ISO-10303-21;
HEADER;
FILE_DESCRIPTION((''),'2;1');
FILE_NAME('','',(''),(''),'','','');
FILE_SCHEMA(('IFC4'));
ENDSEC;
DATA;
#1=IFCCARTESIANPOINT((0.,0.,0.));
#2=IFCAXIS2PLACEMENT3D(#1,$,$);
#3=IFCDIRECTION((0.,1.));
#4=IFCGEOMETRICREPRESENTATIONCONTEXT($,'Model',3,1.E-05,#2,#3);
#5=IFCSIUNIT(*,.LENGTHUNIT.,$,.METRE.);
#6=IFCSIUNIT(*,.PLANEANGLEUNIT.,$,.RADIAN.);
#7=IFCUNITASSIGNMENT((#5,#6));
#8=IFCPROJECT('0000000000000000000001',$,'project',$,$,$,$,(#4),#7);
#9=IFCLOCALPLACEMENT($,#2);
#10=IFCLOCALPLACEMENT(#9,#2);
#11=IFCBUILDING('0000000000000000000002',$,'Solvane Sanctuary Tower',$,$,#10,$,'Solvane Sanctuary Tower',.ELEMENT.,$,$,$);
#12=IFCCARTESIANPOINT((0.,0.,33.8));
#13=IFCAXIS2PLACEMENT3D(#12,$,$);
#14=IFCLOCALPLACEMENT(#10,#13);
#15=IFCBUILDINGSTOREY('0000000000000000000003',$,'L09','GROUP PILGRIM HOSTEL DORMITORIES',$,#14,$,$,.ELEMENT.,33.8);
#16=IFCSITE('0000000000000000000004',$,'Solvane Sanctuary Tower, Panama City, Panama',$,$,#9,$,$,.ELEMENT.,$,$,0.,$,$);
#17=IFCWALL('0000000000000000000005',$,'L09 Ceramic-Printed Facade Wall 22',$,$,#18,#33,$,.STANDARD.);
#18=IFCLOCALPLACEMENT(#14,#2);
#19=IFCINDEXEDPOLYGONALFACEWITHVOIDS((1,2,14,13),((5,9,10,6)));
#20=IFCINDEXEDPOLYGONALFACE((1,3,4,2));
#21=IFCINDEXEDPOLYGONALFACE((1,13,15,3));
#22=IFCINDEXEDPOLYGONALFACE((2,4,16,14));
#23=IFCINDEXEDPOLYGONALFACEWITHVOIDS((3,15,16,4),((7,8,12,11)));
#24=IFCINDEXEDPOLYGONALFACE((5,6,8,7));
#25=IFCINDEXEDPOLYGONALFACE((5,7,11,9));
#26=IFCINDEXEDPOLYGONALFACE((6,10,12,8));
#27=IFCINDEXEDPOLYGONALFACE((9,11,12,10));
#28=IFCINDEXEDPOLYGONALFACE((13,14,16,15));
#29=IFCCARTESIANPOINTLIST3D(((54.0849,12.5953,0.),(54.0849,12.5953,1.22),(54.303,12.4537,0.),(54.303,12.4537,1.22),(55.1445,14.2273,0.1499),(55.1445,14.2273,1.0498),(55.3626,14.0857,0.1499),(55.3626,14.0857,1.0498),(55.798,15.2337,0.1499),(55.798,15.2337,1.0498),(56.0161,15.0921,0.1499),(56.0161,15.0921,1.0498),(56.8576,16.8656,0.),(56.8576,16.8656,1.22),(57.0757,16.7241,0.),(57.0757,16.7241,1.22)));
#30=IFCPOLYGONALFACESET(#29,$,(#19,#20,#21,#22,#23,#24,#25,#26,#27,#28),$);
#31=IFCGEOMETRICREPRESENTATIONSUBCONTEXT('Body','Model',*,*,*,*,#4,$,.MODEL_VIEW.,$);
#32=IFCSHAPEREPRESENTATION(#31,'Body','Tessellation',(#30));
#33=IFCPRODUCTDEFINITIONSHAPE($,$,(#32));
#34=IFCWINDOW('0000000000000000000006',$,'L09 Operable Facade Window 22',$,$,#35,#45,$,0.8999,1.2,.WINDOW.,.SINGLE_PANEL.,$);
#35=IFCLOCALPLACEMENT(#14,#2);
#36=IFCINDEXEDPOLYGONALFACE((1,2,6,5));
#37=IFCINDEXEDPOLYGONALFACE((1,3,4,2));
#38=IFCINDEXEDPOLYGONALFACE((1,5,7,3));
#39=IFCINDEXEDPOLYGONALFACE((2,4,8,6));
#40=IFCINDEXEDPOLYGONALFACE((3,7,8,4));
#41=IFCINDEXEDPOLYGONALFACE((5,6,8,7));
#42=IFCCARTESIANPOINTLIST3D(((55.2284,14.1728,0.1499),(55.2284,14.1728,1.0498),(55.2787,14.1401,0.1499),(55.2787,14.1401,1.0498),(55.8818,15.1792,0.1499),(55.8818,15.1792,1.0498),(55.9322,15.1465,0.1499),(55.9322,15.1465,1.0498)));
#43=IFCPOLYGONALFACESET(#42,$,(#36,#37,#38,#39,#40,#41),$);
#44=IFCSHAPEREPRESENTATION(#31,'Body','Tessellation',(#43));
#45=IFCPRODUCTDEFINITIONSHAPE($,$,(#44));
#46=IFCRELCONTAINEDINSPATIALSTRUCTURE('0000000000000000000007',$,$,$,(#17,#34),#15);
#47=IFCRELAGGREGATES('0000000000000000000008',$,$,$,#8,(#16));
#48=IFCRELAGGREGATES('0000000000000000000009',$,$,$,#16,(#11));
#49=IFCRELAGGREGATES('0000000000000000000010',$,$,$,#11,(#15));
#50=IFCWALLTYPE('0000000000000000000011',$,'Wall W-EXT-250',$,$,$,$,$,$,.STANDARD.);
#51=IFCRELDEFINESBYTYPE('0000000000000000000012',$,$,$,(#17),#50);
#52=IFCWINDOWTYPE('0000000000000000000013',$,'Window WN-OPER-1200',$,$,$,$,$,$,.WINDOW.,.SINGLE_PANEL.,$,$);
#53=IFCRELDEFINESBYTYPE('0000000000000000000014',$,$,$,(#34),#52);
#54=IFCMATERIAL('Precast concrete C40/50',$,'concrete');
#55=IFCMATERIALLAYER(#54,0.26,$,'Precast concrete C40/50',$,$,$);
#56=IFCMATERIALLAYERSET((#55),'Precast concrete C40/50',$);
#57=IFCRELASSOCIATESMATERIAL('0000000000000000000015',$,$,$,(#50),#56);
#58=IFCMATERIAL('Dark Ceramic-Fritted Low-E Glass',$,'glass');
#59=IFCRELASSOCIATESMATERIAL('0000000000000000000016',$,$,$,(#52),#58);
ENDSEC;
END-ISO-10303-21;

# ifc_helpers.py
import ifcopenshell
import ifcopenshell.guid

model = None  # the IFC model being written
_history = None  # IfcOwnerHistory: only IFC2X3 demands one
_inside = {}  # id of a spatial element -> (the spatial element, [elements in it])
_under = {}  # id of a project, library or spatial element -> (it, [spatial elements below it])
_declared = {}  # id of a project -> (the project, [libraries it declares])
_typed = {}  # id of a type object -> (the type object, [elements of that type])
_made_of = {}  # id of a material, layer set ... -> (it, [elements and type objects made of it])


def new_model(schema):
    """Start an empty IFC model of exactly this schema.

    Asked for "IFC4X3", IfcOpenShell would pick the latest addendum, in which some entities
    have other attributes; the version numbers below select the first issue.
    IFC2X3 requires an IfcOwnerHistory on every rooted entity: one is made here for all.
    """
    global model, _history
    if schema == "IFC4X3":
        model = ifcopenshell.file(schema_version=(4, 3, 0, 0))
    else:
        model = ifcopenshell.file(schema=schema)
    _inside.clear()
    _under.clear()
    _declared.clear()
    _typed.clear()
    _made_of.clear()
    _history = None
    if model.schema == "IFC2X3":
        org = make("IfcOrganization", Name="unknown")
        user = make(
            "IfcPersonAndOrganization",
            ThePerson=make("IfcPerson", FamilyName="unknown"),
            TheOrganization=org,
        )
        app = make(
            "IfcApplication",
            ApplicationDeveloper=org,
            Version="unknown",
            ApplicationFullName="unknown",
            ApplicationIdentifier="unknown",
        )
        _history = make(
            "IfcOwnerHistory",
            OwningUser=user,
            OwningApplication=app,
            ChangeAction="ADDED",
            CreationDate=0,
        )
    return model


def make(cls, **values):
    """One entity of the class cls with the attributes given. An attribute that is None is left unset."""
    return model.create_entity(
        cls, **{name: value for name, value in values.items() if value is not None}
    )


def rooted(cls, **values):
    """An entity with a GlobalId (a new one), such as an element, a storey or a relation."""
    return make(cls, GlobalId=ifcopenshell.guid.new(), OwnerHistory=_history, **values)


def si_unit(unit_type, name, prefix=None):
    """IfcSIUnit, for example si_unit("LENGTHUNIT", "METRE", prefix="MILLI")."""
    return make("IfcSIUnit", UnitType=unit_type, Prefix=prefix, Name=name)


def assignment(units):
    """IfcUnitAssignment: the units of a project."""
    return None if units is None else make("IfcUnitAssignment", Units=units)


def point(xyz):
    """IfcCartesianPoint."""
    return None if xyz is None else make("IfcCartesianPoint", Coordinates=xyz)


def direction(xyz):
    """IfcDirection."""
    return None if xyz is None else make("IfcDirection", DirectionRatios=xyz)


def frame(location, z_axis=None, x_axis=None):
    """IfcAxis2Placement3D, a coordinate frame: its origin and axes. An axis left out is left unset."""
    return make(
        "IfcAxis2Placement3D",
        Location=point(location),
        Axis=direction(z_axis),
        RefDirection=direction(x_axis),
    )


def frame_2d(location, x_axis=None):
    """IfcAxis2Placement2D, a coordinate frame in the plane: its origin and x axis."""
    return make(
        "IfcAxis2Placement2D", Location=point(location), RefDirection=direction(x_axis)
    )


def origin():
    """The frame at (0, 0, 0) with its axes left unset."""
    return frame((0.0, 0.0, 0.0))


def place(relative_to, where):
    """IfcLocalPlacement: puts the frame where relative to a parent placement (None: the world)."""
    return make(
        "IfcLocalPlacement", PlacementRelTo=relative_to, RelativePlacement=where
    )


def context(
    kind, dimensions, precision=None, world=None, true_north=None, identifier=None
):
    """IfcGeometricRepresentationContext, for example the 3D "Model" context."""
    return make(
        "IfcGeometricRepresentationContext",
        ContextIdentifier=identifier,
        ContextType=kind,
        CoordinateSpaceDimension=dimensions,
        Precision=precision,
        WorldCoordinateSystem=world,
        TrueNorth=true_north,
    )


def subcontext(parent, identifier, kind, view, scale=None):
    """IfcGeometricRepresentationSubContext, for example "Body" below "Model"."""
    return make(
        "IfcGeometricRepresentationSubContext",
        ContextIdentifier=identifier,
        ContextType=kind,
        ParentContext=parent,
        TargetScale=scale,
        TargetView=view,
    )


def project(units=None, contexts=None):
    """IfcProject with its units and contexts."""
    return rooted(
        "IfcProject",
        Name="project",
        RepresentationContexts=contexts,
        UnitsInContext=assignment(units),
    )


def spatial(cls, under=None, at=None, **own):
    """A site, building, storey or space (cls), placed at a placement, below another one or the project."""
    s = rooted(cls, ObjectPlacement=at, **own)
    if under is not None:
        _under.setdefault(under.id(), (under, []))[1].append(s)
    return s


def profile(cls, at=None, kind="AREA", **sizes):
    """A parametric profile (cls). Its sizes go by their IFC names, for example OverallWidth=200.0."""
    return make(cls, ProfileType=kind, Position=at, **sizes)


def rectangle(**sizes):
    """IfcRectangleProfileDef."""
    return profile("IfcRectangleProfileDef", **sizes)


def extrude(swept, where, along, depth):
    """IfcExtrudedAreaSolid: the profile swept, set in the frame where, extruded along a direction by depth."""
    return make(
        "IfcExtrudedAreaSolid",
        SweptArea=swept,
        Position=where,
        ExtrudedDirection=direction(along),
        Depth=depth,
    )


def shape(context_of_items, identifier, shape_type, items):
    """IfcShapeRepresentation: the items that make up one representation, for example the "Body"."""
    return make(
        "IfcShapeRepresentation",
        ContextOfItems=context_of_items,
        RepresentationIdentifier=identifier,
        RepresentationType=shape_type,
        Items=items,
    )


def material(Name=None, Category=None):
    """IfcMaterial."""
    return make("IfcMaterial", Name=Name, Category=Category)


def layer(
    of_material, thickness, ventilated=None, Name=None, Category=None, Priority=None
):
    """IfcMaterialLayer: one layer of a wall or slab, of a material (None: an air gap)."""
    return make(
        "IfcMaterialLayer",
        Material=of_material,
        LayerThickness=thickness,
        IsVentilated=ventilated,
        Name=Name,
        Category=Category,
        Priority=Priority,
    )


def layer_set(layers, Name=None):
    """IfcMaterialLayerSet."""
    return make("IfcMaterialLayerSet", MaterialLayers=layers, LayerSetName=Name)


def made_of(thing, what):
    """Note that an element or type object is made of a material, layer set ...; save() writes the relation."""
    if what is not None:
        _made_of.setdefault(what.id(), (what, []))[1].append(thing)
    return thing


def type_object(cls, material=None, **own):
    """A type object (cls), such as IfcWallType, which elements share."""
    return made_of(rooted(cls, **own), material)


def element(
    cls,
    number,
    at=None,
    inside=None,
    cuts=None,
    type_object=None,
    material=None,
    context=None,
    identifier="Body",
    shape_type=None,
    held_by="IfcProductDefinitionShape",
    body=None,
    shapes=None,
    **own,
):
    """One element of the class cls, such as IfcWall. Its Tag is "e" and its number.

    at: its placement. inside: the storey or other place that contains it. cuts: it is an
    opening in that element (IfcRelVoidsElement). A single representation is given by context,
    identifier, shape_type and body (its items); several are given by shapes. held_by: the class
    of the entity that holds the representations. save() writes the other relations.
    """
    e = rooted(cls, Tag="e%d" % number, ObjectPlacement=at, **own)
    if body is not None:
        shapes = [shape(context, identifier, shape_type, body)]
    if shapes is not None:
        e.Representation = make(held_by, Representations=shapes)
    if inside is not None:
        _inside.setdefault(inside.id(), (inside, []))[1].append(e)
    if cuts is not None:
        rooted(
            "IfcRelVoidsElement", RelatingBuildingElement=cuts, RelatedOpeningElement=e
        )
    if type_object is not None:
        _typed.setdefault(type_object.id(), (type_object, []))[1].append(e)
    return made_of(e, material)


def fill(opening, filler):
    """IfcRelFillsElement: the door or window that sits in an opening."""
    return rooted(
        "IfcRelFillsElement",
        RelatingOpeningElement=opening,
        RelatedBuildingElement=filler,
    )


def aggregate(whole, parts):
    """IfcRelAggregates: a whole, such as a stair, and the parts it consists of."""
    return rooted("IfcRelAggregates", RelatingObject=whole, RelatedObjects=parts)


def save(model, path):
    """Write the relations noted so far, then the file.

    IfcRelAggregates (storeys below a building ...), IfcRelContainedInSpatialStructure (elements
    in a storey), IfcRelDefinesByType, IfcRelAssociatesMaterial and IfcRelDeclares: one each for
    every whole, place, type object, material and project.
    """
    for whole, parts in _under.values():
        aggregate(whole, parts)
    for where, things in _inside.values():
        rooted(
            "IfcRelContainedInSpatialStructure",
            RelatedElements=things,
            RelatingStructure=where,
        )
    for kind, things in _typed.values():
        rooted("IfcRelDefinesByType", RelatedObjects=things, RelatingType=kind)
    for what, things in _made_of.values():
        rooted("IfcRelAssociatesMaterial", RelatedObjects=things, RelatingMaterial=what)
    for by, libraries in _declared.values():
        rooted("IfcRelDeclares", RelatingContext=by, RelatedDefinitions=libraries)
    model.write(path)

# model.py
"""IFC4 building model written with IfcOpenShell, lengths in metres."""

from ifc_helpers import new_model, si_unit, direction, frame, frame_2d, origin, place, context, subcontext, project, spatial, rectangle, extrude, material, layer, layer_set, type_object, element, fill, save


model = new_model("IFC4")

# Units and contexts
model_context = context("Model", 3, precision=1e-05, world=origin(), true_north=direction((0.0, 1.0)))
body_context = subcontext(model_context, "Body", "Model", "MODEL_VIEW")
ifc_project = project(units=[si_unit("LENGTHUNIT", "METRE"), si_unit("PLANEANGLEUNIT", "RADIAN")], contexts=[model_context])

# Site, building, storey
site_placement = place(None, origin())
site = spatial("IfcSite", under=ifc_project, at=site_placement, Name="Solvane Sanctuary Tower, Panama City, Panama", CompositionType="ELEMENT", RefElevation=0.0)
building_placement = place(site_placement, origin())
building = spatial("IfcBuilding", under=site, at=building_placement, Name="Solvane Sanctuary Tower", LongName="Solvane Sanctuary Tower", CompositionType="ELEMENT")
storey_placement = place(building_placement, frame((0.0, 0.0, 33.8)))
storey = spatial("IfcBuildingStorey", under=building, at=storey_placement, Name="L09", Description="GROUP PILGRIM HOSTEL DORMITORIES", CompositionType="ELEMENT", Elevation=33.8)

# Shared definitions
ifc_material_1 = material(Name="Dark Ceramic-Fritted Low-E Glass", Category="glass")

# Shared definitions
ifc_material_2 = material(Name="Precast concrete C40/50", Category="concrete")
ifc_layer_1 = layer(ifc_material_2, 0.26, Name="Precast concrete C40/50")
ifc_layer_set_1 = layer_set([ifc_layer_1], Name="Precast concrete C40/50")
wall_type_1 = type_object("IfcWallType", Name="Wall W-EXT-250", PredefinedType="STANDARD", material=ifc_layer_set_1)

# Wall, opening, window
window_type = type_object("IfcWindowType", Name="Window WN-OPER-1200", PartitioningType="SINGLE_PANEL", PredefinedType="WINDOW", material=ifc_material_1)
wall_1_placement = place(storey_placement, frame((54.1938, 12.5244, 0.0), z_axis=(0.0, 0.0, 1.0), x_axis=(0.544579, 0.83871, 0.0)))
wall_1 = element("IfcWall", 1, at=wall_1_placement, inside=storey, type_object=wall_type_1, Name="L09 Ceramic-Printed Facade Wall 22", PredefinedType="STANDARD", context=body_context, shape_type="SweptSolid", body=[
    extrude(rectangle(XDim=5.0916, YDim=0.26, at=frame_2d((2.5459, 0.0))), origin(), (0.0, 0.0, 1.0), 1.22),
])
opening_1_placement = place(wall_1_placement, frame((1.9458, 0.0, 0.1499)))
opening_1 = element("IfcOpeningElement", 2, at=opening_1_placement, cuts=wall_1, PredefinedType="OPENING", context=body_context, shape_type="SweptSolid", body=[
    extrude(rectangle(XDim=1.2, YDim=0.8999, at=frame_2d((0.6001, 0.45))), frame((0.0, 0.1399, 0.0), z_axis=(0.0, -1.0, 0.0), x_axis=(1.0, 0.0, 0.0)), (0.0, 0.0, 1.0), 0.28),
])
window_1_placement = place(opening_1_placement, origin())
window_1 = element("IfcWindow", 3, at=window_1_placement, inside=storey, type_object=window_type, Name="L09 Operable Facade Window 22", OverallHeight=0.8999, OverallWidth=1.2, PartitioningType="SINGLE_PANEL", PredefinedType="WINDOW", context=body_context, shape_type="SweptSolid", body=[
    extrude(rectangle(XDim=1.2, YDim=0.8999, at=frame_2d((0.6001, 0.45))), frame((0.0, 0.03, 0.0), z_axis=(0.0, -1.0, 0.0), x_axis=(1.0, 0.0, 0.0)), (0.0, 0.0, 1.0), 0.0601),
])
fill(opening_1, window_1)

save(model, "model.ifc")
